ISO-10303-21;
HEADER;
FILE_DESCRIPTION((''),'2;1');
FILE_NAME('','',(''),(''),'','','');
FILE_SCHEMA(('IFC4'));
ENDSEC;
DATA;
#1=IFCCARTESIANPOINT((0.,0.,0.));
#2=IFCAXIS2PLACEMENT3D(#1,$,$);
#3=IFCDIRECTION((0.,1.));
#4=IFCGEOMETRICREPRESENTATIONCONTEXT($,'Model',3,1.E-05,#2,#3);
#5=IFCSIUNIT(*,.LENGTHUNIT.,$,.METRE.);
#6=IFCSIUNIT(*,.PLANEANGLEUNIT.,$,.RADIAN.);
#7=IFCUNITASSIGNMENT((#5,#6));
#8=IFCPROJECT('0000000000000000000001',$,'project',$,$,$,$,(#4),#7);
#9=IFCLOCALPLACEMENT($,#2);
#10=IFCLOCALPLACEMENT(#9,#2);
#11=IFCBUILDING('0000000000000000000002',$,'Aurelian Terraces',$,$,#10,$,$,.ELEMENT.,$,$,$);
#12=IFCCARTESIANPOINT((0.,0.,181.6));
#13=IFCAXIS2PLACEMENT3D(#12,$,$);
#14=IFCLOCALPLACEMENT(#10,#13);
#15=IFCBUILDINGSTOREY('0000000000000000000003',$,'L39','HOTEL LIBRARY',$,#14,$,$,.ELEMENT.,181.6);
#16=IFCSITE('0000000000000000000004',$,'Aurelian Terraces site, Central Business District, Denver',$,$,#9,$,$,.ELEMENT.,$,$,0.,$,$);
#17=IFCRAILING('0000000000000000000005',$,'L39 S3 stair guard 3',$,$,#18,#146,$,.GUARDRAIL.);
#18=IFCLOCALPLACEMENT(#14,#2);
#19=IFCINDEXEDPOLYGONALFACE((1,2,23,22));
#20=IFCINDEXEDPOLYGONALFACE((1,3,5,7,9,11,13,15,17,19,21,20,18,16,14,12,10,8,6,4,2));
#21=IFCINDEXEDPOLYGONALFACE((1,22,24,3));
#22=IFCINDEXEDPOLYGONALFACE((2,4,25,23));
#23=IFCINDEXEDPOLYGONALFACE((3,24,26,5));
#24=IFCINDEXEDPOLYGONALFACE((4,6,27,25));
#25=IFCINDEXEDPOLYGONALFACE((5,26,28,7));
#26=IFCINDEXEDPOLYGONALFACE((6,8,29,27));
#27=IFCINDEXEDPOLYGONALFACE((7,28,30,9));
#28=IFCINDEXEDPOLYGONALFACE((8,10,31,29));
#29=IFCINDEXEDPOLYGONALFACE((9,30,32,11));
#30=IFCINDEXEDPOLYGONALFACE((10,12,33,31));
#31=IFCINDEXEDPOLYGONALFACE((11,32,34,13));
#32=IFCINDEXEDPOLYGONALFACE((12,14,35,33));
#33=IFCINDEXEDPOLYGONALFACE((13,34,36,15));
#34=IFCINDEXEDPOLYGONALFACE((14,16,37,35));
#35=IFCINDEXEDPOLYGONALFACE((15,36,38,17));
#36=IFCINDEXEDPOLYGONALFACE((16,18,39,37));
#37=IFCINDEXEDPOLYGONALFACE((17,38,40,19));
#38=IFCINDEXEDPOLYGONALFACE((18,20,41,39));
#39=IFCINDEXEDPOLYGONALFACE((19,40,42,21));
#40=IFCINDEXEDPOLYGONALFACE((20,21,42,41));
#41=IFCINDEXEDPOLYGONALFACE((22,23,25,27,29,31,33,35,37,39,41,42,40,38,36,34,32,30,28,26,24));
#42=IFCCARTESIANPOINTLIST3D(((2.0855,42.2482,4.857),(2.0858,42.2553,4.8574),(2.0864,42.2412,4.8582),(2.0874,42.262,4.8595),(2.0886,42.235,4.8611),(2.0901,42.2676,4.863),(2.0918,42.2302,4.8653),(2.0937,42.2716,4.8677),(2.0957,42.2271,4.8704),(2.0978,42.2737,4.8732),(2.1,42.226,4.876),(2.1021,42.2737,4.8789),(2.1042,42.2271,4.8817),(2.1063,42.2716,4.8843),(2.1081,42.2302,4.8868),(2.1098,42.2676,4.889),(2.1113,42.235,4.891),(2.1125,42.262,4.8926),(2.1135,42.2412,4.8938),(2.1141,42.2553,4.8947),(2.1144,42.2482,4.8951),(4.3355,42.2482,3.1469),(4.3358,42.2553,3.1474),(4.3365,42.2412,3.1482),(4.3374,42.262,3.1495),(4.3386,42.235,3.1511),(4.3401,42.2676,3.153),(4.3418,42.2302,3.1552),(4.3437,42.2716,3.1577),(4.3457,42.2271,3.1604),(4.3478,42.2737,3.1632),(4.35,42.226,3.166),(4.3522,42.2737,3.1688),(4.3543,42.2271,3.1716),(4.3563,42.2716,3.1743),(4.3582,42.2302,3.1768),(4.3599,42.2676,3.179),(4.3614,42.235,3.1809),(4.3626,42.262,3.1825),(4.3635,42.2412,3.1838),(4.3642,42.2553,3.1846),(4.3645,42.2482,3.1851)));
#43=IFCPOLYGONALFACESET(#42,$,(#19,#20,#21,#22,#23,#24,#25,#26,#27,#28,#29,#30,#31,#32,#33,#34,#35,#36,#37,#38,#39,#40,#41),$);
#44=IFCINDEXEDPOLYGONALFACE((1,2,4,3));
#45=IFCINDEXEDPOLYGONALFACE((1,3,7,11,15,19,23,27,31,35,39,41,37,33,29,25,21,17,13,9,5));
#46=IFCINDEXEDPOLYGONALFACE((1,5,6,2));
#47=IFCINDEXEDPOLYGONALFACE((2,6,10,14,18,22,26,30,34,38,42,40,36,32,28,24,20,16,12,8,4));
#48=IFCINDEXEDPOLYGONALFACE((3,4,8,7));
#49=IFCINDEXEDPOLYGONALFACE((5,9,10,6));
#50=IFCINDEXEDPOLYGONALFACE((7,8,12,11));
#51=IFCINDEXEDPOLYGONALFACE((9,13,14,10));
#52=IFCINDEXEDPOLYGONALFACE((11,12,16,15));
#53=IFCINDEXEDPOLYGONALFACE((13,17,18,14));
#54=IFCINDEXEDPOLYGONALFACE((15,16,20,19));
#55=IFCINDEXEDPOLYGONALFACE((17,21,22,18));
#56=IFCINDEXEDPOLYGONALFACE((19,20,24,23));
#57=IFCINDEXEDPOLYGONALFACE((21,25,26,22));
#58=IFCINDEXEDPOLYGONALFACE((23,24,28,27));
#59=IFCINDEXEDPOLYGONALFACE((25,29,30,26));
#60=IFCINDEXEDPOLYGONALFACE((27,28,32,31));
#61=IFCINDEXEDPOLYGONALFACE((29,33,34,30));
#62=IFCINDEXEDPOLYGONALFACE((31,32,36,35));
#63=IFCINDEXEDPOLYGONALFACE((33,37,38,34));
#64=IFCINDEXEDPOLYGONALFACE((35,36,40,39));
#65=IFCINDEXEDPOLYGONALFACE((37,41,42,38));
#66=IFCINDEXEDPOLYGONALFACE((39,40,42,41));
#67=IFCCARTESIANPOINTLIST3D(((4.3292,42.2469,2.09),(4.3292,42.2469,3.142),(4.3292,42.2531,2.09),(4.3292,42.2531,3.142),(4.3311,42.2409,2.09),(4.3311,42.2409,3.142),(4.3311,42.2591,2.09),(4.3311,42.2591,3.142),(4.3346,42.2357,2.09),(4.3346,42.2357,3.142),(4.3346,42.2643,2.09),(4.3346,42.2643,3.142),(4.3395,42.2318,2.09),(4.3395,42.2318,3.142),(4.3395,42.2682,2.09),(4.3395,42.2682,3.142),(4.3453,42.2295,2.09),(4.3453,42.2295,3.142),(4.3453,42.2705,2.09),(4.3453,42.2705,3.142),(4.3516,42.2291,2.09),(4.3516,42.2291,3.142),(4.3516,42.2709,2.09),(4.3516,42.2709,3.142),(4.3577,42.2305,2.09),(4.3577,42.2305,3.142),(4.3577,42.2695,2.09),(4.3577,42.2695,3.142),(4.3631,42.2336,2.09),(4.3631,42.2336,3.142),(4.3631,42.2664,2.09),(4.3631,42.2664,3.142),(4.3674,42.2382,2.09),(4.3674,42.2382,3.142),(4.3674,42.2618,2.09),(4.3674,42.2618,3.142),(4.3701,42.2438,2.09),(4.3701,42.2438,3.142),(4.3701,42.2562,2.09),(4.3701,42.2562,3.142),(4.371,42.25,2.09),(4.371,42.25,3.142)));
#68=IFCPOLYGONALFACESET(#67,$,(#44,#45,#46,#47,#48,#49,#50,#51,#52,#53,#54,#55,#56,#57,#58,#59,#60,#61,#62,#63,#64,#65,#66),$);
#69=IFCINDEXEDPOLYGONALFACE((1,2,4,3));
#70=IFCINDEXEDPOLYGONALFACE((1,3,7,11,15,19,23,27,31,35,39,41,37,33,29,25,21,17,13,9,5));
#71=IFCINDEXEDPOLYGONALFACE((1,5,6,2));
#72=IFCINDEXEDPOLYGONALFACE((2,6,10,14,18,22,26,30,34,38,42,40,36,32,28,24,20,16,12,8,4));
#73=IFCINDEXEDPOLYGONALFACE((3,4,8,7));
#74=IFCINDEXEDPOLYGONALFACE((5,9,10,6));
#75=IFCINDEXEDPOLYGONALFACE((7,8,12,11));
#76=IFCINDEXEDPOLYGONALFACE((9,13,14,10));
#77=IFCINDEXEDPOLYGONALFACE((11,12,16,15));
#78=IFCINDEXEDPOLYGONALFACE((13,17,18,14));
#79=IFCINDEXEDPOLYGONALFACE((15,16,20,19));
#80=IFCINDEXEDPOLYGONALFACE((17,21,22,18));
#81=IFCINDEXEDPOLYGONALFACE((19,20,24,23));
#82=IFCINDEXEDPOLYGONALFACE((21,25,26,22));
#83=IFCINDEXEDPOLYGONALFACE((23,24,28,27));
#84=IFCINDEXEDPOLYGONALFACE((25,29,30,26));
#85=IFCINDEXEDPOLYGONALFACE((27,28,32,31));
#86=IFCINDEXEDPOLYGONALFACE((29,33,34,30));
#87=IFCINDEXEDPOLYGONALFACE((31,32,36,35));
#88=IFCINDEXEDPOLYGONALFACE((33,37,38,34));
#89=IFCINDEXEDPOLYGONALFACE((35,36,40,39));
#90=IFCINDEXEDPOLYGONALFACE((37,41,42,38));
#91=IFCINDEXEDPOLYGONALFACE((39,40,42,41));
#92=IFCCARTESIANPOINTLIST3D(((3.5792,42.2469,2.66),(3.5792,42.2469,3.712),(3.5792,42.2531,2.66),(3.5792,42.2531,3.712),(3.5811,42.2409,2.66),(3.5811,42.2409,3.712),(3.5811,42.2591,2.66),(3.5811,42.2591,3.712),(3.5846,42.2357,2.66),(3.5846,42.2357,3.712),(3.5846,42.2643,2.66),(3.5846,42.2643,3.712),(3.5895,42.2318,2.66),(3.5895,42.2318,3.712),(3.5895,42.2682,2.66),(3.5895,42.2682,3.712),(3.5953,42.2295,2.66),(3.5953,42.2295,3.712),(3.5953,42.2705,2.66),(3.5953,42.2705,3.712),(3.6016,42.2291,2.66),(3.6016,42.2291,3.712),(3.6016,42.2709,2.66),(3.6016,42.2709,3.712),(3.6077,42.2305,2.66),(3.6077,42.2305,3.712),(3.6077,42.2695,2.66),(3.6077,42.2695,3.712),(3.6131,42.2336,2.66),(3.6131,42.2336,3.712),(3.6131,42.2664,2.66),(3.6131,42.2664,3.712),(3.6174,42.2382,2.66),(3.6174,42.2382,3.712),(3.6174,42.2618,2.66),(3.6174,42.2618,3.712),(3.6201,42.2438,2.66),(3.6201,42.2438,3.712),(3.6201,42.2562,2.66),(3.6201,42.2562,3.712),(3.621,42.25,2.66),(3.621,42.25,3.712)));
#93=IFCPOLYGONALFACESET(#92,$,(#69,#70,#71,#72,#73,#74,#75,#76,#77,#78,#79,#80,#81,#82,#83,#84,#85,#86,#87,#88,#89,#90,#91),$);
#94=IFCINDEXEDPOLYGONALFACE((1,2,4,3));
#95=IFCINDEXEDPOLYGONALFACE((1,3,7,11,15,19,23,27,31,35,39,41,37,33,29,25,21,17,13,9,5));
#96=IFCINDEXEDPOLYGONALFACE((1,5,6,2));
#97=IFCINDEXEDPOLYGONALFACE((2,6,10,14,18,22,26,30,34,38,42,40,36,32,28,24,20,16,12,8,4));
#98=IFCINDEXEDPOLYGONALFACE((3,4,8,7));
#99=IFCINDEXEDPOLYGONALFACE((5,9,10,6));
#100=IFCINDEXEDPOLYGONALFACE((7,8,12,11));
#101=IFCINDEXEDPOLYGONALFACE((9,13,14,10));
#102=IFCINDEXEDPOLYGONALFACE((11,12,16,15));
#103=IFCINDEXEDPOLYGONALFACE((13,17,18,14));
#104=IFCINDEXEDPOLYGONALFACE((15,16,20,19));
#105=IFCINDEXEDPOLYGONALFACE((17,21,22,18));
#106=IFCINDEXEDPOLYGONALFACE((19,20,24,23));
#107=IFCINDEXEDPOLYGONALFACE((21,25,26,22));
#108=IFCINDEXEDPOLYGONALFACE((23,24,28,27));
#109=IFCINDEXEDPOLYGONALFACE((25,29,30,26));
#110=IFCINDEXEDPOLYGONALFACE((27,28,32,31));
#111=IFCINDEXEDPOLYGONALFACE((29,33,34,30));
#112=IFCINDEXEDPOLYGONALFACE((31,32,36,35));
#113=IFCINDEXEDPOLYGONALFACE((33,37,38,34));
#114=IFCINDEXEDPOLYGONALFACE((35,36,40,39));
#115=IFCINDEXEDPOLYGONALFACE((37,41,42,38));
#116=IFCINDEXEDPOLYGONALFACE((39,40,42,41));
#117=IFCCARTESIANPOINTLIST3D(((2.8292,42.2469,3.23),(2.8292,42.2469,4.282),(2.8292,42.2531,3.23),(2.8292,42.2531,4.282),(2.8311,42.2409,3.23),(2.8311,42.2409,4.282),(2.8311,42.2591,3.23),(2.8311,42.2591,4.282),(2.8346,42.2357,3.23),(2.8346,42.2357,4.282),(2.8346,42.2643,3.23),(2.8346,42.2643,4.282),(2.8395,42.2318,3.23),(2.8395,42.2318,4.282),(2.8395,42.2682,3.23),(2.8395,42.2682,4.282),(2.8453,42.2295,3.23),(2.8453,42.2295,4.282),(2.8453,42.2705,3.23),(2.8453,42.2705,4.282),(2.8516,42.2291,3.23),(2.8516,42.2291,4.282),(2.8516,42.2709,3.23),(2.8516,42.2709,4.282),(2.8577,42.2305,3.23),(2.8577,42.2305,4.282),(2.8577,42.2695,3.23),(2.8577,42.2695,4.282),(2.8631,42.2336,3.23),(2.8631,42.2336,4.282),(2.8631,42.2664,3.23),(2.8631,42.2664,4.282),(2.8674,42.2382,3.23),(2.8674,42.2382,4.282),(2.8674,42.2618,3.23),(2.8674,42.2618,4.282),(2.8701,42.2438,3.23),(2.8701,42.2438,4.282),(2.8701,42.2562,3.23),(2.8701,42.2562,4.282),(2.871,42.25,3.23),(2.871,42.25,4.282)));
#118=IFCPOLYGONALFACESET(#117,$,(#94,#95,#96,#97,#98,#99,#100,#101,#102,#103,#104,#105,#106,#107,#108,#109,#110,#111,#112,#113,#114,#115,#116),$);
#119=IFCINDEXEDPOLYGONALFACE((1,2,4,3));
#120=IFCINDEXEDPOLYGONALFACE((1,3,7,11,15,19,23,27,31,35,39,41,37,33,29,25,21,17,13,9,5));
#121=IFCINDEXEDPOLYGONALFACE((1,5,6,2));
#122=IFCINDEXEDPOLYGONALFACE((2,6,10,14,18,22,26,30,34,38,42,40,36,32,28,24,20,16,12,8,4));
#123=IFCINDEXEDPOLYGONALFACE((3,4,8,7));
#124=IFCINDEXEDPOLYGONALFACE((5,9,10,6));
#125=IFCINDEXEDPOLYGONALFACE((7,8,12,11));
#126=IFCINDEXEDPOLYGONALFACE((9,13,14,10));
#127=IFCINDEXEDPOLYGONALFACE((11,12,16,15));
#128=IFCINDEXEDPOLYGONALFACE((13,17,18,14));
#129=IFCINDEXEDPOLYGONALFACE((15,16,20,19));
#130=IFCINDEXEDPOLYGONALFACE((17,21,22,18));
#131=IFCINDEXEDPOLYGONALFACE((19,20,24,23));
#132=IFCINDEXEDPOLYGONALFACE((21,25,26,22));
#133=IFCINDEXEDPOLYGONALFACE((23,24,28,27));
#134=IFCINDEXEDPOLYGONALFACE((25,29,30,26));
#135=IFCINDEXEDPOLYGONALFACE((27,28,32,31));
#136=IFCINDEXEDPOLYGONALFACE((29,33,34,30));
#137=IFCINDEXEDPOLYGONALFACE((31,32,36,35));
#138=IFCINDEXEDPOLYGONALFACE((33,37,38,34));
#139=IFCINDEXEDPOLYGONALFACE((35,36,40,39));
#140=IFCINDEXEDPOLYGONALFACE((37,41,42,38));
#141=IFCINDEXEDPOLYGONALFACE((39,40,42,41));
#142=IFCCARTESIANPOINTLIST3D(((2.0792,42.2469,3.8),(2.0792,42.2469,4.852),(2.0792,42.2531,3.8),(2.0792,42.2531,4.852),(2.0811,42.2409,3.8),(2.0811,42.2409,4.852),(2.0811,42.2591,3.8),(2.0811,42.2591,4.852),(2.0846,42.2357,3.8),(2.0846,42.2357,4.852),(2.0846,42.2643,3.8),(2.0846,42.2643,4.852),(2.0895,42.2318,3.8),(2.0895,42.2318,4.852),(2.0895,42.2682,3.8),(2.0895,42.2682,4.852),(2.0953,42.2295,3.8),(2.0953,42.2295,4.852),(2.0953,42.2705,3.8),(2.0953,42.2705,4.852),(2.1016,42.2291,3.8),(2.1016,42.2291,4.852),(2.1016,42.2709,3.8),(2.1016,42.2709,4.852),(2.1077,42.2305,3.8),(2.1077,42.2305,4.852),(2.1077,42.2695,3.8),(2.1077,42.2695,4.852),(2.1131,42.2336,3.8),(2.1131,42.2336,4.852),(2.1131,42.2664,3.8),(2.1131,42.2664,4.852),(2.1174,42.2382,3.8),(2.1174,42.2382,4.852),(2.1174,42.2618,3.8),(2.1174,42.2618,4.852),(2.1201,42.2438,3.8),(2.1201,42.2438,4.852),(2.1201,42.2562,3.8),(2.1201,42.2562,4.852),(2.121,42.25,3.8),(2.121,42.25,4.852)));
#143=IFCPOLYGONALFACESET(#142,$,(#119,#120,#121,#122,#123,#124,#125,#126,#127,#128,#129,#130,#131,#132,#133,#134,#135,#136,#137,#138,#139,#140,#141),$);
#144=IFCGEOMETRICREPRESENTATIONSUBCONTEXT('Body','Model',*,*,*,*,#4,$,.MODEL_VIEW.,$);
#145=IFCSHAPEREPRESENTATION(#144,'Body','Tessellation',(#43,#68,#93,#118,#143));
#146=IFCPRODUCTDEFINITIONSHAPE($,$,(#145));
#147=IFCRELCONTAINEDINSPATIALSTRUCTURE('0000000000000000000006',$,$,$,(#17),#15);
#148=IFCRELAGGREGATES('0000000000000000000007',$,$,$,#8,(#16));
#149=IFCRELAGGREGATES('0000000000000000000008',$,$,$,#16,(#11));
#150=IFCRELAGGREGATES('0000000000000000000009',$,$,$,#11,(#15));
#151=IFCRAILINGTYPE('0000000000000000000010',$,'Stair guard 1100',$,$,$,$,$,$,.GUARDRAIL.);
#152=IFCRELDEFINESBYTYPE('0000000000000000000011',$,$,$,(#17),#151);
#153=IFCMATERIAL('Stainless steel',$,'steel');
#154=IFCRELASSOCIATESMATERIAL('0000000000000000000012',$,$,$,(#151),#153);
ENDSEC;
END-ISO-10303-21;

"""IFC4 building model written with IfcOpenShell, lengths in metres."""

from ifc_helpers import new_model, si_unit, direction, frame, origin, origin_2d, place, context, subcontext, project, spatial, circle, extrude, source, transform, mapped, material, type_object, element, save


model = new_model("IFC4")

# Units and contexts
model_context = context("Model", 3, precision=1e-05, world=origin(), true_north=direction((0.0, 1.0)))
body_context = subcontext(model_context, "Body", "Model", "MODEL_VIEW")
ifc_project = project(units=[si_unit("LENGTHUNIT", "METRE"), si_unit("PLANEANGLEUNIT", "RADIAN")], contexts=[model_context])

# Site, building, storey
site_placement = place(None, origin())
site = spatial("IfcSite", under=ifc_project, at=site_placement, Name="Aurelian Terraces site, Central Business District, Denver", CompositionType="ELEMENT", RefElevation=0.0)
building_placement = place(site_placement, origin())
building = spatial("IfcBuilding", under=site, at=building_placement, Name="Aurelian Terraces", CompositionType="ELEMENT")
storey_placement = place(building_placement, frame((0.0, 0.0, 181.6)))
storey = spatial("IfcBuildingStorey", under=building, at=storey_placement, Name="L39", Description="HOTEL LIBRARY", CompositionType="ELEMENT", Elevation=181.6)

# Railing
ifc_material_1 = material(Name="Stainless steel", Category="steel")
railing_type_1 = type_object("IfcRailingType", Name="Stair guard 1100", PredefinedType="GUARDRAIL", material=ifc_material_1)
shared_shape_1 = source(origin(), body_context, "Body", "SweptSolid", [
    extrude(circle(Radius=0.024, at=origin_2d()), frame((0.0, 0.0, 1.076), z_axis=(-0.796162, 0.0, 0.605083), x_axis=(0.0, -1.0, 0.0)), (0.0, 0.0, 1.0), 2.8261),
    extrude(circle(Radius=0.021, at=origin_2d()), origin(), (0.0, 0.0, 1.0), 1.052),
    extrude(circle(Radius=0.021, at=origin_2d()), frame((-0.75, 0.0, 0.57)), (0.0, 0.0, 1.0), 1.052),
    extrude(circle(Radius=0.021, at=origin_2d()), frame((-1.5, 0.0, 1.14)), (0.0, 0.0, 1.0), 1.052),
    extrude(circle(Radius=0.021, at=origin_2d()), frame((-2.25, 0.0, 1.71)), (0.0, 0.0, 1.0), 1.052),
])
railing_1_placement = place(storey_placement, frame((4.35, 42.25, 2.09)))
element("IfcRailing", 1, at=railing_1_placement, inside=storey, type_object=railing_type_1, Name="L39 S3 stair guard 3", PredefinedType="GUARDRAIL", context=body_context, shape_type="MappedRepresentation", body=[
    mapped(shared_shape_1, transform((0.0, 0.0, 0.0), scale=1.0)),
])

save(model, "model.ifc")
